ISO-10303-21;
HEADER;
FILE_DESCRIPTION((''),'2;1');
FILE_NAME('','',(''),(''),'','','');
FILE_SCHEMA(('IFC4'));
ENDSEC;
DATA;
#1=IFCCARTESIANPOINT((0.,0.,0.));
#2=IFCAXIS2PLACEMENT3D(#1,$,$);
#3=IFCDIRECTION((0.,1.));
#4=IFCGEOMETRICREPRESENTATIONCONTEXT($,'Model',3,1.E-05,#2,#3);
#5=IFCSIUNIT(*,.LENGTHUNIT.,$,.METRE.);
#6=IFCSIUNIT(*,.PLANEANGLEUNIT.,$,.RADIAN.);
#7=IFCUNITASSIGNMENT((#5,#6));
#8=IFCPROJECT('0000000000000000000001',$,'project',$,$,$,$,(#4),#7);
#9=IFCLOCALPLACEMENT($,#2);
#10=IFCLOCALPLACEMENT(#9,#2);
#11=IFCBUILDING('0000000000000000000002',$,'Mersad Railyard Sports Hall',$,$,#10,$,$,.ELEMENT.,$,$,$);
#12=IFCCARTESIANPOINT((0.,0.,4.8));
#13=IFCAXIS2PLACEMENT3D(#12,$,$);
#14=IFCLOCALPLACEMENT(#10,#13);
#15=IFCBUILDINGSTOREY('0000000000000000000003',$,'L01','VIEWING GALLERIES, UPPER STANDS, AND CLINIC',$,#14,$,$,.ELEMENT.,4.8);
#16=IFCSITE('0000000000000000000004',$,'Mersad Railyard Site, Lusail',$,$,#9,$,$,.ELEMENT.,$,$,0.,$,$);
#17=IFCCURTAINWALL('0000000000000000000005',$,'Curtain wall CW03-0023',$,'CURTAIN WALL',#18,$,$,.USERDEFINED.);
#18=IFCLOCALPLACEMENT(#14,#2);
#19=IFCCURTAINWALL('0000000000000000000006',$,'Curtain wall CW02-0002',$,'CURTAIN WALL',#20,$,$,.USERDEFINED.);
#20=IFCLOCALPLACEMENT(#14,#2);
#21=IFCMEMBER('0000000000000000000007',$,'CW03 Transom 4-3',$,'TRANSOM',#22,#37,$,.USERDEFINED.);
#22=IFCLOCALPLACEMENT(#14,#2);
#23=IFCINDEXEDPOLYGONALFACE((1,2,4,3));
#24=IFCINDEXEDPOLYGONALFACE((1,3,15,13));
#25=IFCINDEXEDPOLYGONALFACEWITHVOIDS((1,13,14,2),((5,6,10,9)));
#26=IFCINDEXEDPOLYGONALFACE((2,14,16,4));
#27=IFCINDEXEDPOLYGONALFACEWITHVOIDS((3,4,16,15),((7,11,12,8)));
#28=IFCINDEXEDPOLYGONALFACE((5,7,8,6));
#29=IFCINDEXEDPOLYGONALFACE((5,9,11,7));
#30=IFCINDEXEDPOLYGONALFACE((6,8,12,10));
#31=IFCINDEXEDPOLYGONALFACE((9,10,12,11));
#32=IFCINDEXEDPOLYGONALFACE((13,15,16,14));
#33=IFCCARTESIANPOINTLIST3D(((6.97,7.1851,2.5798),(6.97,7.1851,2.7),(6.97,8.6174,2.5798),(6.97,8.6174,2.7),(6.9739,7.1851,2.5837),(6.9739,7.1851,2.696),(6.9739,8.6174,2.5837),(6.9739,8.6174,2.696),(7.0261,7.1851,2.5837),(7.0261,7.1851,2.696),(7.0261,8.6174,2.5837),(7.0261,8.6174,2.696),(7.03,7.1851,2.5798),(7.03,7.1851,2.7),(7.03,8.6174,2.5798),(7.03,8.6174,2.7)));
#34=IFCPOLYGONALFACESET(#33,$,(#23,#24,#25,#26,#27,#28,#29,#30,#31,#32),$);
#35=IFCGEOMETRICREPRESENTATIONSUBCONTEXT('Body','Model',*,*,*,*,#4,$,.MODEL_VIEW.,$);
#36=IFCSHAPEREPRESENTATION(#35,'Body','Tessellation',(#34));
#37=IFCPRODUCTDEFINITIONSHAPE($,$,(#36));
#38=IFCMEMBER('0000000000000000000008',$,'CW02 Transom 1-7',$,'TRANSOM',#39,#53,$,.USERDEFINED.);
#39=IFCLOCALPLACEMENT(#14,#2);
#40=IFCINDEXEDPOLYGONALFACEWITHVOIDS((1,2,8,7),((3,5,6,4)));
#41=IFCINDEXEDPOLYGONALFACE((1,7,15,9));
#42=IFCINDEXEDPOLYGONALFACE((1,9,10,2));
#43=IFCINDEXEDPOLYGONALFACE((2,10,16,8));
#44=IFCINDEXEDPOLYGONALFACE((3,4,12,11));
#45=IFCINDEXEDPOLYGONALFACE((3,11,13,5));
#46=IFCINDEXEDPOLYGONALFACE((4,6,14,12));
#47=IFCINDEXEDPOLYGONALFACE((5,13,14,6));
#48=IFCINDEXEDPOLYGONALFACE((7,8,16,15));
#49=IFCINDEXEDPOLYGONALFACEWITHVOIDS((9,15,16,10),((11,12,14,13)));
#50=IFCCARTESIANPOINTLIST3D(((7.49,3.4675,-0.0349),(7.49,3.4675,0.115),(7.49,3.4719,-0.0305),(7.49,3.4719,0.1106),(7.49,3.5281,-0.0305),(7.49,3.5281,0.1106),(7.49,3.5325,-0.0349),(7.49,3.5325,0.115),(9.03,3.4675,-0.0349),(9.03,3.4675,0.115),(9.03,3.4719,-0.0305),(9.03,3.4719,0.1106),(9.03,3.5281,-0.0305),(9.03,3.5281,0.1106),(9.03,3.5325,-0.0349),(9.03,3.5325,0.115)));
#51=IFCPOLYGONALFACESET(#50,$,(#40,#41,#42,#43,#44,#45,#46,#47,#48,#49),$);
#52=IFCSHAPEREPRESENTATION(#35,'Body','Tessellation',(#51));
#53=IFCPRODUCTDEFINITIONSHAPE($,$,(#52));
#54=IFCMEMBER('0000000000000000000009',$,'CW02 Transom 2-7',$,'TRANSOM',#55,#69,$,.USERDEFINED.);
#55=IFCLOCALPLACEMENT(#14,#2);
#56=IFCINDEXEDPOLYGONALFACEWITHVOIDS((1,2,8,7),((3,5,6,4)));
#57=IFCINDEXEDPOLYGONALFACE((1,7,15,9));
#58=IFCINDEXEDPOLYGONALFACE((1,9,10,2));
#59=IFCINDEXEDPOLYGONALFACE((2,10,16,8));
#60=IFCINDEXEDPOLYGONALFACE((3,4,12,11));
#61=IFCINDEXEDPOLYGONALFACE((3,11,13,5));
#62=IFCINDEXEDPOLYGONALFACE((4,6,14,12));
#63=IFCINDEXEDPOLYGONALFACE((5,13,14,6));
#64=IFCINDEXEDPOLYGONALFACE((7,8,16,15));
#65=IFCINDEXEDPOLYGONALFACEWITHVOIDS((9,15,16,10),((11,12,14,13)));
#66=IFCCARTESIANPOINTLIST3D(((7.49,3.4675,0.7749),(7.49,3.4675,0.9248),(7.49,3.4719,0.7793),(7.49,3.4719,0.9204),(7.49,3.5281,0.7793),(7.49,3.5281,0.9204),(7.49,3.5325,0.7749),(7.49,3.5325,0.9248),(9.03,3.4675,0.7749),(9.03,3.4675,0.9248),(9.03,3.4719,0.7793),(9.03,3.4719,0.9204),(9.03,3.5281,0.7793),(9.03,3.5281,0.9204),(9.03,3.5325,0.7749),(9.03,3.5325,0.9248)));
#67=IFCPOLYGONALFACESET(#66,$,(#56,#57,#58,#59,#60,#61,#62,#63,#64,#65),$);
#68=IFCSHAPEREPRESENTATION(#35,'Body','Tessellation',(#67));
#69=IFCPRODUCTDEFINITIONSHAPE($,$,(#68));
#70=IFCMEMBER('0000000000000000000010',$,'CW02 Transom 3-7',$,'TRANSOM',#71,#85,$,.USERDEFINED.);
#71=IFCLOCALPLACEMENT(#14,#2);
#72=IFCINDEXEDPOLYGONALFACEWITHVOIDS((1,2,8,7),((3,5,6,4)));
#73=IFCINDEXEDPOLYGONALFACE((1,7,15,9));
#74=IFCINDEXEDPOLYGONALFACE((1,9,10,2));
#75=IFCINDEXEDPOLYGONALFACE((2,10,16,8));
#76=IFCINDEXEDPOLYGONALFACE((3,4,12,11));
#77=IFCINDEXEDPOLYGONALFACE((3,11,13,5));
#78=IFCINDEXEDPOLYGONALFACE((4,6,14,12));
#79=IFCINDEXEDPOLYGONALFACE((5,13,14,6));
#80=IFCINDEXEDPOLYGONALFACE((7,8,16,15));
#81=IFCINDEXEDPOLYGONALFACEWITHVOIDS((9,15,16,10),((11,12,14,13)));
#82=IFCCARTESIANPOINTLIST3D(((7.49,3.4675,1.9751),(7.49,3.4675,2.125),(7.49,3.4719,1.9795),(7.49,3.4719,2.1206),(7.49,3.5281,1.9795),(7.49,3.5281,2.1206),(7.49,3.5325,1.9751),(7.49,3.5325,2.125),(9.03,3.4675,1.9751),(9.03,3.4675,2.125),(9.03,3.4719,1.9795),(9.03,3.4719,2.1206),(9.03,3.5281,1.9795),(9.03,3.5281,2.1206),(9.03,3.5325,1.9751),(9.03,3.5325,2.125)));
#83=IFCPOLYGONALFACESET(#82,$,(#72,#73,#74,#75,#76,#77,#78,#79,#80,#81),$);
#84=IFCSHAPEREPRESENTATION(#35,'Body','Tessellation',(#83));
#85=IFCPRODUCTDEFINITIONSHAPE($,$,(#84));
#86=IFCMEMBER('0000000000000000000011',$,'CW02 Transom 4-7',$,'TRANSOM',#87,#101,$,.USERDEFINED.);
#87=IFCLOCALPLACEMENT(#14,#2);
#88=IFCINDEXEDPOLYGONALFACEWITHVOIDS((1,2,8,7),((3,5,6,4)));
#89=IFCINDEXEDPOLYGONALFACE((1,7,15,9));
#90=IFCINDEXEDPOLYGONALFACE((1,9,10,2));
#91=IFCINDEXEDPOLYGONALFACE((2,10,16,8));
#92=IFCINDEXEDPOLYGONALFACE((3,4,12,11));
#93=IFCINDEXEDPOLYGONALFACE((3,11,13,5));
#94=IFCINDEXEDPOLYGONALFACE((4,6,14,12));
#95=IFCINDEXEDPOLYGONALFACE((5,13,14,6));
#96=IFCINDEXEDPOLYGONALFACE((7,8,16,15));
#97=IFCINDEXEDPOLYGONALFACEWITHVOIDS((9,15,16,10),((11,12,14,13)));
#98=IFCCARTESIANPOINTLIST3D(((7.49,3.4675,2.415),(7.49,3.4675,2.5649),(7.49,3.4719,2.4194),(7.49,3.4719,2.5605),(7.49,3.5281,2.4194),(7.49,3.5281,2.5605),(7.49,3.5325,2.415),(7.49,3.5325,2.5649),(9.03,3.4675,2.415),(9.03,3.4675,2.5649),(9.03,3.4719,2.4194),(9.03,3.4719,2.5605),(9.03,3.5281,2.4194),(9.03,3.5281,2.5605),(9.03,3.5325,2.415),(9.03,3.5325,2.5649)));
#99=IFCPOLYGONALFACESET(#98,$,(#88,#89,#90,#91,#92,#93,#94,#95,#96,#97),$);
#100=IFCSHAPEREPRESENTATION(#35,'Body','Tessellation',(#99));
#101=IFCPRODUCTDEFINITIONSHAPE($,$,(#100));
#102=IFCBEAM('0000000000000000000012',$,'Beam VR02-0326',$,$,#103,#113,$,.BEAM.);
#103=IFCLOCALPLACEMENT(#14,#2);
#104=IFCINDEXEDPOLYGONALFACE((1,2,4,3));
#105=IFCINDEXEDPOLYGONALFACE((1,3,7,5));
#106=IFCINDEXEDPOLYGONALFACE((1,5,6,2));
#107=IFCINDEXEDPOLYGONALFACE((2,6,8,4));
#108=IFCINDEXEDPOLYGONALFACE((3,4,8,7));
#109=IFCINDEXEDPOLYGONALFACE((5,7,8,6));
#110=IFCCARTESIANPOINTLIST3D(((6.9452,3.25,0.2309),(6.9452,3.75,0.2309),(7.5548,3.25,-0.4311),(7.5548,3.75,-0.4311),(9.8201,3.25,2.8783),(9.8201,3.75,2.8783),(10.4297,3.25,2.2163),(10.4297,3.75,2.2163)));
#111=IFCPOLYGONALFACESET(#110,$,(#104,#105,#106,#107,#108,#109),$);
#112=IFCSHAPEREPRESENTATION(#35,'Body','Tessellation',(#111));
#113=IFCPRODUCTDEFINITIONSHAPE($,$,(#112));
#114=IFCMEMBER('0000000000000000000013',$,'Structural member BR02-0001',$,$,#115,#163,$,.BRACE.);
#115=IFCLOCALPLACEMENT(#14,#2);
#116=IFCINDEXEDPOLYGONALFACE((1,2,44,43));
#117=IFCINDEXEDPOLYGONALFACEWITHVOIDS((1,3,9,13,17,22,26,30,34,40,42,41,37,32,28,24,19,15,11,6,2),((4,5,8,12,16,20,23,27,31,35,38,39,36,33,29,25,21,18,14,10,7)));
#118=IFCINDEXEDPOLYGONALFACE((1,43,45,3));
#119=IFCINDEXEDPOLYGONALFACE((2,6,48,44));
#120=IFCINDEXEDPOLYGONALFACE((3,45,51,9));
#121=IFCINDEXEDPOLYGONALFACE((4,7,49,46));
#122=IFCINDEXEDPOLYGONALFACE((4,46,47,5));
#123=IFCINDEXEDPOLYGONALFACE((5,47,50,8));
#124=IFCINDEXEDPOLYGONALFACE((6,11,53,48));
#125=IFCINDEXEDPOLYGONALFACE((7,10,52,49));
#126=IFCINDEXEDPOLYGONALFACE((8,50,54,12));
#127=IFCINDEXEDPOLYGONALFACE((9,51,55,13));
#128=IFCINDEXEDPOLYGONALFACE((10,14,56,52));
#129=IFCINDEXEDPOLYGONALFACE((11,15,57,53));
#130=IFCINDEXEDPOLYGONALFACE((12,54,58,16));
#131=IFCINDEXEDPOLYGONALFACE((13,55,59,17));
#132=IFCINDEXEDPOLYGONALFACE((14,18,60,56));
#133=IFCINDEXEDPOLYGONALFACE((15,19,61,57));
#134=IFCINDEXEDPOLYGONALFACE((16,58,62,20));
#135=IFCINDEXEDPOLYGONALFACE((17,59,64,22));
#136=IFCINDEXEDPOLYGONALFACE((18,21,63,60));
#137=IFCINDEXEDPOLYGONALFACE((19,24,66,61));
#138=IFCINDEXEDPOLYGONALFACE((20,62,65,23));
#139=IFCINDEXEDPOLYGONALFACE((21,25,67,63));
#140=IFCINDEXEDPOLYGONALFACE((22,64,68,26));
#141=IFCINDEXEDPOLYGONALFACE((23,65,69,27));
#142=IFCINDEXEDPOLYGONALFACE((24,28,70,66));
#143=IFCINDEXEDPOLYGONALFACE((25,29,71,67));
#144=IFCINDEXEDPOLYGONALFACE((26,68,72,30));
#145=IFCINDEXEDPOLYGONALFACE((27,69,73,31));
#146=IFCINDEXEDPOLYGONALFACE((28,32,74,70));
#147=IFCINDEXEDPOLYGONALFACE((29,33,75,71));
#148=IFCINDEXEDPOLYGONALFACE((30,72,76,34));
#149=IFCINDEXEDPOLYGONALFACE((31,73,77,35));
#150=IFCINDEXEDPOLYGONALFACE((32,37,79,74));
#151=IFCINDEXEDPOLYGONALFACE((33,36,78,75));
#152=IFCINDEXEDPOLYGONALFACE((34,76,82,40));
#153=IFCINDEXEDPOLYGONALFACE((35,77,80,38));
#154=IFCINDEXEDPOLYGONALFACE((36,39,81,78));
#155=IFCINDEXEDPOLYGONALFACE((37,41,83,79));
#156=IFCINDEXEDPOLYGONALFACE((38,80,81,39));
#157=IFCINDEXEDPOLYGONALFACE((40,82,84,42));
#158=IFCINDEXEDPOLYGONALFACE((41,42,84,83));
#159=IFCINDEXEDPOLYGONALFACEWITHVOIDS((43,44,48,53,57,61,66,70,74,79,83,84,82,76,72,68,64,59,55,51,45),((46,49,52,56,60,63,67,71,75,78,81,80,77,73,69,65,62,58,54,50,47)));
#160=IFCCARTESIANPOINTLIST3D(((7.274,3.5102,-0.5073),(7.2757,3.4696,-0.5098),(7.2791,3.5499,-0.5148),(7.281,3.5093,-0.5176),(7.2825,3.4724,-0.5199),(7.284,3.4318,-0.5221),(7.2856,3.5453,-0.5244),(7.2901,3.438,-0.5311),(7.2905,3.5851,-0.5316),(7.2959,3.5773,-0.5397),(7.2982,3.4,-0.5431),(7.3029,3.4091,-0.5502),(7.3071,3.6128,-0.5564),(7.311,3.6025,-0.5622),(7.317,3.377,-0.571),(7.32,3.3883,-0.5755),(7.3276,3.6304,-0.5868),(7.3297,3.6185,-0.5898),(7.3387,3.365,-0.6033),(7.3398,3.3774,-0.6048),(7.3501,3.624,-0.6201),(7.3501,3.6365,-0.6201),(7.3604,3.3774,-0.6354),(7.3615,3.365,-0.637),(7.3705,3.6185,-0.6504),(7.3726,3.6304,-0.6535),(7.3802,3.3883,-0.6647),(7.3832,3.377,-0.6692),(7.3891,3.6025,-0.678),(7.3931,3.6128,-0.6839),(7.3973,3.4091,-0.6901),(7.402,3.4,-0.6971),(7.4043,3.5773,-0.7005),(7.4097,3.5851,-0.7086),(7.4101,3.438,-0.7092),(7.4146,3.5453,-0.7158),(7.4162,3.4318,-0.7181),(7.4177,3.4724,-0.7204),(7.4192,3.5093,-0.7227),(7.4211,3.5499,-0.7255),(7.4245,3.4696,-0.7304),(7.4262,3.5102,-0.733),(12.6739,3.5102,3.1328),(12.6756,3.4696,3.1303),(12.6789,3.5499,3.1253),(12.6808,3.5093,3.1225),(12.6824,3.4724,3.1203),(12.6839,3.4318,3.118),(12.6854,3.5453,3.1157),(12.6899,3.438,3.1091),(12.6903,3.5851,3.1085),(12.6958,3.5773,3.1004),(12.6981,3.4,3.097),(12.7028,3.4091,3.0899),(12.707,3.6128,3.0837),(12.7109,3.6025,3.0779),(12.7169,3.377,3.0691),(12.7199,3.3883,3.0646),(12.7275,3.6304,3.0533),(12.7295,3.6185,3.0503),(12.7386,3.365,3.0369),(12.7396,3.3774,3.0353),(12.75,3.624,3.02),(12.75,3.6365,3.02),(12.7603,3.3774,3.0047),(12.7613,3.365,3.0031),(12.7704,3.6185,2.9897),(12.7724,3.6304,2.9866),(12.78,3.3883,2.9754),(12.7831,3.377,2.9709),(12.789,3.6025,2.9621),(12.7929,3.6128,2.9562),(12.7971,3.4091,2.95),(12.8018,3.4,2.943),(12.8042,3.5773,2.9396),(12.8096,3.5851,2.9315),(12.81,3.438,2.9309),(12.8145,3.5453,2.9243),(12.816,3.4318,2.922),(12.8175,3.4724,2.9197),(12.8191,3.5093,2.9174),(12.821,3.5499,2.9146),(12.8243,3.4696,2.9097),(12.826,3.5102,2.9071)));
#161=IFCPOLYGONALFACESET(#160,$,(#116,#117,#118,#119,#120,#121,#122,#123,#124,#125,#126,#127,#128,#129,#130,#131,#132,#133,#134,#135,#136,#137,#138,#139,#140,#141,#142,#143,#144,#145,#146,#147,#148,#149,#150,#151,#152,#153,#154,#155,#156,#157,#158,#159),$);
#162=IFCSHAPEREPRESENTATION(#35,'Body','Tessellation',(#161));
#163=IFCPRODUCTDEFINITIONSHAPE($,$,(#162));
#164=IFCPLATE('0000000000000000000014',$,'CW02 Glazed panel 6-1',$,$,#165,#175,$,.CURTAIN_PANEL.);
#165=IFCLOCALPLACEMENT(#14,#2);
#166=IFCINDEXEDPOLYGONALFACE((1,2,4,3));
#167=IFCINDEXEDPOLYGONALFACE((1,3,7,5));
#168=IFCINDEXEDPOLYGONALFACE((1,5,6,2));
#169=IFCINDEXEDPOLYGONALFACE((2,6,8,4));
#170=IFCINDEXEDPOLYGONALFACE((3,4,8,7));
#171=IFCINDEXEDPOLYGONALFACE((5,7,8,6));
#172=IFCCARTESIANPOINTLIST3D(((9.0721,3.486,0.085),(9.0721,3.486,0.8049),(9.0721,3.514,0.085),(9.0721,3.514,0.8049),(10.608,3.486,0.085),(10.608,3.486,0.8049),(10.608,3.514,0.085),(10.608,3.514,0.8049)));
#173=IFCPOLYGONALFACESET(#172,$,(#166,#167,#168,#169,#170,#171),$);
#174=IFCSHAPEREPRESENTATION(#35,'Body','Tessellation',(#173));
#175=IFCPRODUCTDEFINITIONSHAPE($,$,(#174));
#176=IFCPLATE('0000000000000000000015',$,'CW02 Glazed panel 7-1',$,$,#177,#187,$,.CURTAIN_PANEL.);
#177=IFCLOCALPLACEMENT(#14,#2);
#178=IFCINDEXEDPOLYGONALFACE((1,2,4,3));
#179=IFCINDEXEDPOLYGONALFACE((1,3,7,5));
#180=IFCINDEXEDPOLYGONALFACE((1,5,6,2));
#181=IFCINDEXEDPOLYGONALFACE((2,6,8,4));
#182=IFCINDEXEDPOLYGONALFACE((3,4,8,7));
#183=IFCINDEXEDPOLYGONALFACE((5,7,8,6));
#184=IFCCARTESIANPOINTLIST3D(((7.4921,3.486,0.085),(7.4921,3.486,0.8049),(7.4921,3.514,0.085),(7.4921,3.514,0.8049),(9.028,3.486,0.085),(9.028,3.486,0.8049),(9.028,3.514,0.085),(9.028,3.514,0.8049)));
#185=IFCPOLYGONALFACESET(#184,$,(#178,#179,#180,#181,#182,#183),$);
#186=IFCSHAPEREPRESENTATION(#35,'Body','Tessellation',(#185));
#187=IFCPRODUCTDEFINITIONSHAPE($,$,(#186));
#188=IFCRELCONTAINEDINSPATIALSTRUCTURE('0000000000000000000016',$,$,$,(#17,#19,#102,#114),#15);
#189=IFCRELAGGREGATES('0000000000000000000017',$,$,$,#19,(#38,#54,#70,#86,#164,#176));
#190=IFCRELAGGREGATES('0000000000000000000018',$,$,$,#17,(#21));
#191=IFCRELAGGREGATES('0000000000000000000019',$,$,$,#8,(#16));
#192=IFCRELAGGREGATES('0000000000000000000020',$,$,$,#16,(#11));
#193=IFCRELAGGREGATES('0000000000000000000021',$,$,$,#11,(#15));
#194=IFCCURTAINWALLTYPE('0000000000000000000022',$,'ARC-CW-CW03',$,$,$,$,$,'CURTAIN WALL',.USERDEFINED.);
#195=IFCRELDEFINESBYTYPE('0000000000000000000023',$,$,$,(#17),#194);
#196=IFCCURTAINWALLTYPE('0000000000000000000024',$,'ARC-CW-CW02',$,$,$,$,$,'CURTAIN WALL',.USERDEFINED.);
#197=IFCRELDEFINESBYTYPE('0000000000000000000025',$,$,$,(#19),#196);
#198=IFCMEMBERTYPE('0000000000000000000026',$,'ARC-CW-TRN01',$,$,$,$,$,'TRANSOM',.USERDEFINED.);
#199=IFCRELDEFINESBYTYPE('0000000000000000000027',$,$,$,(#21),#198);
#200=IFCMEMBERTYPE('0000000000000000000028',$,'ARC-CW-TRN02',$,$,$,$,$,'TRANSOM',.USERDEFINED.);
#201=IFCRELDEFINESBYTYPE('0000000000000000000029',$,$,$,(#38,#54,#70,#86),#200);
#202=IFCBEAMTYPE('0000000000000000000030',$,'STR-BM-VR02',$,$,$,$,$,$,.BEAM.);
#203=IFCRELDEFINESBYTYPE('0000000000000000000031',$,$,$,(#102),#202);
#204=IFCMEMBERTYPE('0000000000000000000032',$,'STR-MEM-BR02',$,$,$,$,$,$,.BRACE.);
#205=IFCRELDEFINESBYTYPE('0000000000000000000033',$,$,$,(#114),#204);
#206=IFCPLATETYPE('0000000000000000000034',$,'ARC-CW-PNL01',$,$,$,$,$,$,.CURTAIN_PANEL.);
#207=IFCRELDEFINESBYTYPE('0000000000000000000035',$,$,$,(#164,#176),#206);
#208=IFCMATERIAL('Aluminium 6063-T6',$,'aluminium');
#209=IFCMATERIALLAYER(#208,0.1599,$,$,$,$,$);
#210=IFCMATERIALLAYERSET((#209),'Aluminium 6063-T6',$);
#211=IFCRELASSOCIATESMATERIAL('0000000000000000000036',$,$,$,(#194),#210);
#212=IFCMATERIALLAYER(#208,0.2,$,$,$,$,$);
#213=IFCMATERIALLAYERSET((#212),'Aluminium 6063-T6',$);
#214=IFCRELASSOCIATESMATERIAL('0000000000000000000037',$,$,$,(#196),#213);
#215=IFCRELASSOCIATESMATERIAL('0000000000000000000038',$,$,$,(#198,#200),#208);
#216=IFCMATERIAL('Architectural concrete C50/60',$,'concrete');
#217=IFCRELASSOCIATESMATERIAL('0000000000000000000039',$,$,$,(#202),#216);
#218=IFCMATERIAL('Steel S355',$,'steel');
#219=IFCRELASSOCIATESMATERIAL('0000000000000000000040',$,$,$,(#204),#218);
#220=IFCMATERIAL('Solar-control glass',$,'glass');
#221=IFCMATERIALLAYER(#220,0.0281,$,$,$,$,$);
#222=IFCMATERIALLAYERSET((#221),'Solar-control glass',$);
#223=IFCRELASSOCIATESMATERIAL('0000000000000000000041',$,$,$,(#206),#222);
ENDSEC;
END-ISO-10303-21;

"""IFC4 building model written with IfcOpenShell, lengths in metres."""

from ifc_helpers import new_model, si_unit, direction, frame, origin, origin_2d, place, context, subcontext, project, spatial, rectangle, hollow_rectangle, hollow_circle, extrude, material, layer, layer_set, material_profile, profile_set, type_object, element, aggregate, save


model = new_model("IFC4")

# Units and contexts
model_context = context("Model", 3, precision=1e-05, world=origin(), true_north=direction((0.0, 1.0)))
body_context = subcontext(model_context, "Body", "Model", "MODEL_VIEW")
ifc_project = project(units=[si_unit("LENGTHUNIT", "METRE"), si_unit("PLANEANGLEUNIT", "RADIAN")], contexts=[model_context])

# Site, building, storey
site_placement = place(None, origin())
site = spatial("IfcSite", under=ifc_project, at=site_placement, Name="Mersad Railyard Site, Lusail", CompositionType="ELEMENT", RefElevation=0.0)
building_placement = place(site_placement, origin())
building = spatial("IfcBuilding", under=site, at=building_placement, Name="Mersad Railyard Sports Hall", CompositionType="ELEMENT")
storey_placement = place(building_placement, frame((0.0, 0.0, 4.8)))
storey = spatial("IfcBuildingStorey", under=building, at=storey_placement, Name="L01", Description="VIEWING GALLERIES, UPPER STANDS, AND CLINIC", CompositionType="ELEMENT", Elevation=4.8)

# Curtain walls
ifc_material_1 = material(Name="Aluminium 6063-T6", Category="aluminium")
ifc_layer_1 = layer(ifc_material_1, 0.1599)
ifc_layer_set_1 = layer_set([ifc_layer_1], Name="Aluminium 6063-T6")
curtain_wall_type_1 = type_object("IfcCurtainWallType", Name="ARC-CW-CW03", ElementType="CURTAIN WALL", PredefinedType="USERDEFINED", material=ifc_layer_set_1)
curtain_wall_1_placement = place(storey_placement, origin())
curtain_wall_1 = element("IfcCurtainWall", 1, at=curtain_wall_1_placement, inside=storey, type_object=curtain_wall_type_1, Name="Curtain wall CW03-0023", ObjectType="CURTAIN WALL", PredefinedType="USERDEFINED")
ifc_layer_2 = layer(ifc_material_1, 0.2)
ifc_layer_set_2 = layer_set([ifc_layer_2], Name="Aluminium 6063-T6")
curtain_wall_type_2 = type_object("IfcCurtainWallType", Name="ARC-CW-CW02", ElementType="CURTAIN WALL", PredefinedType="USERDEFINED", material=ifc_layer_set_2)
curtain_wall_2_placement = place(storey_placement, origin())
curtain_wall_2 = element("IfcCurtainWall", 2, at=curtain_wall_2_placement, inside=storey, type_object=curtain_wall_type_2, Name="Curtain wall CW02-0002", ObjectType="CURTAIN WALL", PredefinedType="USERDEFINED")

# Members
ifc_material_profile_1 = material_profile(ifc_material_1, hollow_rectangle(XDim=0.0601, YDim=0.1201, WallThickness=0.0039, at=origin_2d()), Name="AL TRANSOM 60x120x4")
ifc_profile_set_1 = profile_set([ifc_material_profile_1], Name="Aluminium 6063-T6")
member_type_1 = type_object("IfcMemberType", Name="ARC-CW-TRN01", ElementType="TRANSOM", PredefinedType="USERDEFINED", material=ifc_profile_set_1)
member_1_placement = place(storey_placement, frame((7.0, 7.1851, 2.6399), z_axis=(0.0, 1.0, 0.0), x_axis=(-1.0, 0.0, 0.0)))
member_1 = element("IfcMember", 3, at=member_1_placement, type_object=member_type_1, Name="CW03 Transom 4-3", ObjectType="TRANSOM", PredefinedType="USERDEFINED", context=body_context, shape_type="SweptSolid", body=[
    extrude(hollow_rectangle(XDim=0.0601, YDim=0.1201, WallThickness=0.0039, at=origin_2d()), origin(), (0.0, 0.0, 1.0), 1.4324),
])
ifc_material_profile_2 = material_profile(ifc_material_1, hollow_rectangle(XDim=0.0649, YDim=0.1499, WallThickness=0.0044, at=origin_2d()), Name="AL TRANSOM 65x150x4.5")
ifc_profile_set_2 = profile_set([ifc_material_profile_2], Name="Aluminium 6063-T6")
member_type_2 = type_object("IfcMemberType", Name="ARC-CW-TRN02", ElementType="TRANSOM", PredefinedType="USERDEFINED", material=ifc_profile_set_2)
member_2_placement = place(storey_placement, frame((9.03, 3.5, 0.04), z_axis=(-1.0, 0.0, 0.0), x_axis=(0.0, -1.0, 0.0)))
member_2 = element("IfcMember", 4, at=member_2_placement, type_object=member_type_2, Name="CW02 Transom 1-7", ObjectType="TRANSOM", PredefinedType="USERDEFINED", context=body_context, shape_type="SweptSolid", body=[
    extrude(hollow_rectangle(XDim=0.0649, YDim=0.1499, WallThickness=0.0044, at=origin_2d()), origin(), (0.0, 0.0, 1.0), 1.54),
])
member_3_placement = place(storey_placement, frame((9.03, 3.5, 0.8499), z_axis=(-1.0, 0.0, 0.0), x_axis=(0.0, -1.0, 0.0)))
member_3 = element("IfcMember", 5, at=member_3_placement, type_object=member_type_2, Name="CW02 Transom 2-7", ObjectType="TRANSOM", PredefinedType="USERDEFINED", context=body_context, shape_type="SweptSolid", body=[
    extrude(hollow_rectangle(XDim=0.0649, YDim=0.1499, WallThickness=0.0044, at=origin_2d()), origin(), (0.0, 0.0, 1.0), 1.54),
])
member_4_placement = place(storey_placement, frame((9.03, 3.5, 2.05), z_axis=(-1.0, 0.0, 0.0), x_axis=(0.0, -1.0, 0.0)))
member_4 = element("IfcMember", 6, at=member_4_placement, type_object=member_type_2, Name="CW02 Transom 3-7", ObjectType="TRANSOM", PredefinedType="USERDEFINED", context=body_context, shape_type="SweptSolid", body=[
    extrude(hollow_rectangle(XDim=0.0649, YDim=0.1499, WallThickness=0.0044, at=origin_2d()), origin(), (0.0, 0.0, 1.0), 1.54),
])
member_5_placement = place(storey_placement, frame((9.03, 3.5, 2.49), z_axis=(-1.0, 0.0, 0.0), x_axis=(0.0, -1.0, 0.0)))
member_5 = element("IfcMember", 7, at=member_5_placement, type_object=member_type_2, Name="CW02 Transom 4-7", ObjectType="TRANSOM", PredefinedType="USERDEFINED", context=body_context, shape_type="SweptSolid", body=[
    extrude(hollow_rectangle(XDim=0.0649, YDim=0.1499, WallThickness=0.0044, at=origin_2d()), origin(), (0.0, 0.0, 1.0), 1.54),
])

# Beam
ifc_material_2 = material(Name="Architectural concrete C50/60", Category="concrete")
ifc_material_profile_3 = material_profile(ifc_material_2, rectangle(XDim=0.5, YDim=0.8999, at=origin_2d()), Name="VR 500x900")
ifc_profile_set_3 = profile_set([ifc_material_profile_3], Name="Architectural concrete C50/60")
beam_type = type_object("IfcBeamType", Name="STR-BM-VR02", PredefinedType="BEAM", material=ifc_profile_set_3)
beam_placement = place(storey_placement, frame((7.25, 3.5, -0.1001), z_axis=(0.735617, 0.0, 0.677397), x_axis=(0.0, 1.0, 0.0)))
element("IfcBeam", 8, at=beam_placement, inside=storey, type_object=beam_type, Name="Beam VR02-0326", PredefinedType="BEAM", context=body_context, shape_type="SweptSolid", body=[
    extrude(rectangle(XDim=0.5, YDim=0.8999, at=origin_2d()), origin(), (0.0, 0.0, 1.0), 3.9082),
])

# Member
ifc_material_3 = material(Name="Steel S355", Category="steel")
ifc_material_profile_4 = material_profile(ifc_material_3, hollow_circle(Radius=0.1365, WallThickness=0.0125, at=origin_2d()), Name="CHS 273x12.5")
ifc_profile_set_4 = profile_set([ifc_material_profile_4], Name="Steel S355")
member_type_3 = type_object("IfcMemberType", Name="STR-MEM-BR02", PredefinedType="BRACE", material=ifc_profile_set_4)
member_6_placement = place(storey_placement, frame((7.3501, 3.5, -0.6201), z_axis=(0.82919, 0.0, 0.558967), x_axis=(0.0, 1.0, 0.0)))
element("IfcMember", 9, at=member_6_placement, inside=storey, type_object=member_type_3, Name="Structural member BR02-0001", PredefinedType="BRACE", context=body_context, shape_type="SweptSolid", body=[
    extrude(hollow_circle(Radius=0.1365, WallThickness=0.0125, at=origin_2d()), origin(), (0.0, 0.0, 1.0), 6.5122),
])

# Plates
ifc_material_4 = material(Name="Solar-control glass", Category="glass")
ifc_layer_3 = layer(ifc_material_4, 0.0281)
ifc_layer_set_3 = layer_set([ifc_layer_3], Name="Solar-control glass")
plate_type_1 = type_object("IfcPlateType", Name="ARC-CW-PNL01", PredefinedType="CURTAIN_PANEL", material=ifc_layer_set_3)
plate_1_placement = place(storey_placement, frame((9.8401, 3.5, 0.085), z_axis=(0.0, 0.0, 1.0), x_axis=(-1.0, 0.0, 0.0)))
plate_1 = element("IfcPlate", 10, at=plate_1_placement, type_object=plate_type_1, Name="CW02 Glazed panel 6-1", PredefinedType="CURTAIN_PANEL", context=body_context, shape_type="SweptSolid", body=[
    extrude(rectangle(XDim=1.5359, YDim=0.0281, at=origin_2d()), origin(), (0.0, 0.0, 1.0), 0.72),
])
plate_2_placement = place(storey_placement, frame((8.26, 3.5, 0.085), z_axis=(0.0, 0.0, 1.0), x_axis=(-1.0, 0.0, 0.0)))
plate_2 = element("IfcPlate", 11, at=plate_2_placement, type_object=plate_type_1, Name="CW02 Glazed panel 7-1", PredefinedType="CURTAIN_PANEL", context=body_context, shape_type="SweptSolid", body=[
    extrude(rectangle(XDim=1.5359, YDim=0.0281, at=origin_2d()), origin(), (0.0, 0.0, 1.0), 0.72),
])
aggregate(curtain_wall_2, [member_2, member_3, member_4, member_5, plate_1, plate_2])
aggregate(curtain_wall_1, [member_1])

save(model, "model.ifc")
